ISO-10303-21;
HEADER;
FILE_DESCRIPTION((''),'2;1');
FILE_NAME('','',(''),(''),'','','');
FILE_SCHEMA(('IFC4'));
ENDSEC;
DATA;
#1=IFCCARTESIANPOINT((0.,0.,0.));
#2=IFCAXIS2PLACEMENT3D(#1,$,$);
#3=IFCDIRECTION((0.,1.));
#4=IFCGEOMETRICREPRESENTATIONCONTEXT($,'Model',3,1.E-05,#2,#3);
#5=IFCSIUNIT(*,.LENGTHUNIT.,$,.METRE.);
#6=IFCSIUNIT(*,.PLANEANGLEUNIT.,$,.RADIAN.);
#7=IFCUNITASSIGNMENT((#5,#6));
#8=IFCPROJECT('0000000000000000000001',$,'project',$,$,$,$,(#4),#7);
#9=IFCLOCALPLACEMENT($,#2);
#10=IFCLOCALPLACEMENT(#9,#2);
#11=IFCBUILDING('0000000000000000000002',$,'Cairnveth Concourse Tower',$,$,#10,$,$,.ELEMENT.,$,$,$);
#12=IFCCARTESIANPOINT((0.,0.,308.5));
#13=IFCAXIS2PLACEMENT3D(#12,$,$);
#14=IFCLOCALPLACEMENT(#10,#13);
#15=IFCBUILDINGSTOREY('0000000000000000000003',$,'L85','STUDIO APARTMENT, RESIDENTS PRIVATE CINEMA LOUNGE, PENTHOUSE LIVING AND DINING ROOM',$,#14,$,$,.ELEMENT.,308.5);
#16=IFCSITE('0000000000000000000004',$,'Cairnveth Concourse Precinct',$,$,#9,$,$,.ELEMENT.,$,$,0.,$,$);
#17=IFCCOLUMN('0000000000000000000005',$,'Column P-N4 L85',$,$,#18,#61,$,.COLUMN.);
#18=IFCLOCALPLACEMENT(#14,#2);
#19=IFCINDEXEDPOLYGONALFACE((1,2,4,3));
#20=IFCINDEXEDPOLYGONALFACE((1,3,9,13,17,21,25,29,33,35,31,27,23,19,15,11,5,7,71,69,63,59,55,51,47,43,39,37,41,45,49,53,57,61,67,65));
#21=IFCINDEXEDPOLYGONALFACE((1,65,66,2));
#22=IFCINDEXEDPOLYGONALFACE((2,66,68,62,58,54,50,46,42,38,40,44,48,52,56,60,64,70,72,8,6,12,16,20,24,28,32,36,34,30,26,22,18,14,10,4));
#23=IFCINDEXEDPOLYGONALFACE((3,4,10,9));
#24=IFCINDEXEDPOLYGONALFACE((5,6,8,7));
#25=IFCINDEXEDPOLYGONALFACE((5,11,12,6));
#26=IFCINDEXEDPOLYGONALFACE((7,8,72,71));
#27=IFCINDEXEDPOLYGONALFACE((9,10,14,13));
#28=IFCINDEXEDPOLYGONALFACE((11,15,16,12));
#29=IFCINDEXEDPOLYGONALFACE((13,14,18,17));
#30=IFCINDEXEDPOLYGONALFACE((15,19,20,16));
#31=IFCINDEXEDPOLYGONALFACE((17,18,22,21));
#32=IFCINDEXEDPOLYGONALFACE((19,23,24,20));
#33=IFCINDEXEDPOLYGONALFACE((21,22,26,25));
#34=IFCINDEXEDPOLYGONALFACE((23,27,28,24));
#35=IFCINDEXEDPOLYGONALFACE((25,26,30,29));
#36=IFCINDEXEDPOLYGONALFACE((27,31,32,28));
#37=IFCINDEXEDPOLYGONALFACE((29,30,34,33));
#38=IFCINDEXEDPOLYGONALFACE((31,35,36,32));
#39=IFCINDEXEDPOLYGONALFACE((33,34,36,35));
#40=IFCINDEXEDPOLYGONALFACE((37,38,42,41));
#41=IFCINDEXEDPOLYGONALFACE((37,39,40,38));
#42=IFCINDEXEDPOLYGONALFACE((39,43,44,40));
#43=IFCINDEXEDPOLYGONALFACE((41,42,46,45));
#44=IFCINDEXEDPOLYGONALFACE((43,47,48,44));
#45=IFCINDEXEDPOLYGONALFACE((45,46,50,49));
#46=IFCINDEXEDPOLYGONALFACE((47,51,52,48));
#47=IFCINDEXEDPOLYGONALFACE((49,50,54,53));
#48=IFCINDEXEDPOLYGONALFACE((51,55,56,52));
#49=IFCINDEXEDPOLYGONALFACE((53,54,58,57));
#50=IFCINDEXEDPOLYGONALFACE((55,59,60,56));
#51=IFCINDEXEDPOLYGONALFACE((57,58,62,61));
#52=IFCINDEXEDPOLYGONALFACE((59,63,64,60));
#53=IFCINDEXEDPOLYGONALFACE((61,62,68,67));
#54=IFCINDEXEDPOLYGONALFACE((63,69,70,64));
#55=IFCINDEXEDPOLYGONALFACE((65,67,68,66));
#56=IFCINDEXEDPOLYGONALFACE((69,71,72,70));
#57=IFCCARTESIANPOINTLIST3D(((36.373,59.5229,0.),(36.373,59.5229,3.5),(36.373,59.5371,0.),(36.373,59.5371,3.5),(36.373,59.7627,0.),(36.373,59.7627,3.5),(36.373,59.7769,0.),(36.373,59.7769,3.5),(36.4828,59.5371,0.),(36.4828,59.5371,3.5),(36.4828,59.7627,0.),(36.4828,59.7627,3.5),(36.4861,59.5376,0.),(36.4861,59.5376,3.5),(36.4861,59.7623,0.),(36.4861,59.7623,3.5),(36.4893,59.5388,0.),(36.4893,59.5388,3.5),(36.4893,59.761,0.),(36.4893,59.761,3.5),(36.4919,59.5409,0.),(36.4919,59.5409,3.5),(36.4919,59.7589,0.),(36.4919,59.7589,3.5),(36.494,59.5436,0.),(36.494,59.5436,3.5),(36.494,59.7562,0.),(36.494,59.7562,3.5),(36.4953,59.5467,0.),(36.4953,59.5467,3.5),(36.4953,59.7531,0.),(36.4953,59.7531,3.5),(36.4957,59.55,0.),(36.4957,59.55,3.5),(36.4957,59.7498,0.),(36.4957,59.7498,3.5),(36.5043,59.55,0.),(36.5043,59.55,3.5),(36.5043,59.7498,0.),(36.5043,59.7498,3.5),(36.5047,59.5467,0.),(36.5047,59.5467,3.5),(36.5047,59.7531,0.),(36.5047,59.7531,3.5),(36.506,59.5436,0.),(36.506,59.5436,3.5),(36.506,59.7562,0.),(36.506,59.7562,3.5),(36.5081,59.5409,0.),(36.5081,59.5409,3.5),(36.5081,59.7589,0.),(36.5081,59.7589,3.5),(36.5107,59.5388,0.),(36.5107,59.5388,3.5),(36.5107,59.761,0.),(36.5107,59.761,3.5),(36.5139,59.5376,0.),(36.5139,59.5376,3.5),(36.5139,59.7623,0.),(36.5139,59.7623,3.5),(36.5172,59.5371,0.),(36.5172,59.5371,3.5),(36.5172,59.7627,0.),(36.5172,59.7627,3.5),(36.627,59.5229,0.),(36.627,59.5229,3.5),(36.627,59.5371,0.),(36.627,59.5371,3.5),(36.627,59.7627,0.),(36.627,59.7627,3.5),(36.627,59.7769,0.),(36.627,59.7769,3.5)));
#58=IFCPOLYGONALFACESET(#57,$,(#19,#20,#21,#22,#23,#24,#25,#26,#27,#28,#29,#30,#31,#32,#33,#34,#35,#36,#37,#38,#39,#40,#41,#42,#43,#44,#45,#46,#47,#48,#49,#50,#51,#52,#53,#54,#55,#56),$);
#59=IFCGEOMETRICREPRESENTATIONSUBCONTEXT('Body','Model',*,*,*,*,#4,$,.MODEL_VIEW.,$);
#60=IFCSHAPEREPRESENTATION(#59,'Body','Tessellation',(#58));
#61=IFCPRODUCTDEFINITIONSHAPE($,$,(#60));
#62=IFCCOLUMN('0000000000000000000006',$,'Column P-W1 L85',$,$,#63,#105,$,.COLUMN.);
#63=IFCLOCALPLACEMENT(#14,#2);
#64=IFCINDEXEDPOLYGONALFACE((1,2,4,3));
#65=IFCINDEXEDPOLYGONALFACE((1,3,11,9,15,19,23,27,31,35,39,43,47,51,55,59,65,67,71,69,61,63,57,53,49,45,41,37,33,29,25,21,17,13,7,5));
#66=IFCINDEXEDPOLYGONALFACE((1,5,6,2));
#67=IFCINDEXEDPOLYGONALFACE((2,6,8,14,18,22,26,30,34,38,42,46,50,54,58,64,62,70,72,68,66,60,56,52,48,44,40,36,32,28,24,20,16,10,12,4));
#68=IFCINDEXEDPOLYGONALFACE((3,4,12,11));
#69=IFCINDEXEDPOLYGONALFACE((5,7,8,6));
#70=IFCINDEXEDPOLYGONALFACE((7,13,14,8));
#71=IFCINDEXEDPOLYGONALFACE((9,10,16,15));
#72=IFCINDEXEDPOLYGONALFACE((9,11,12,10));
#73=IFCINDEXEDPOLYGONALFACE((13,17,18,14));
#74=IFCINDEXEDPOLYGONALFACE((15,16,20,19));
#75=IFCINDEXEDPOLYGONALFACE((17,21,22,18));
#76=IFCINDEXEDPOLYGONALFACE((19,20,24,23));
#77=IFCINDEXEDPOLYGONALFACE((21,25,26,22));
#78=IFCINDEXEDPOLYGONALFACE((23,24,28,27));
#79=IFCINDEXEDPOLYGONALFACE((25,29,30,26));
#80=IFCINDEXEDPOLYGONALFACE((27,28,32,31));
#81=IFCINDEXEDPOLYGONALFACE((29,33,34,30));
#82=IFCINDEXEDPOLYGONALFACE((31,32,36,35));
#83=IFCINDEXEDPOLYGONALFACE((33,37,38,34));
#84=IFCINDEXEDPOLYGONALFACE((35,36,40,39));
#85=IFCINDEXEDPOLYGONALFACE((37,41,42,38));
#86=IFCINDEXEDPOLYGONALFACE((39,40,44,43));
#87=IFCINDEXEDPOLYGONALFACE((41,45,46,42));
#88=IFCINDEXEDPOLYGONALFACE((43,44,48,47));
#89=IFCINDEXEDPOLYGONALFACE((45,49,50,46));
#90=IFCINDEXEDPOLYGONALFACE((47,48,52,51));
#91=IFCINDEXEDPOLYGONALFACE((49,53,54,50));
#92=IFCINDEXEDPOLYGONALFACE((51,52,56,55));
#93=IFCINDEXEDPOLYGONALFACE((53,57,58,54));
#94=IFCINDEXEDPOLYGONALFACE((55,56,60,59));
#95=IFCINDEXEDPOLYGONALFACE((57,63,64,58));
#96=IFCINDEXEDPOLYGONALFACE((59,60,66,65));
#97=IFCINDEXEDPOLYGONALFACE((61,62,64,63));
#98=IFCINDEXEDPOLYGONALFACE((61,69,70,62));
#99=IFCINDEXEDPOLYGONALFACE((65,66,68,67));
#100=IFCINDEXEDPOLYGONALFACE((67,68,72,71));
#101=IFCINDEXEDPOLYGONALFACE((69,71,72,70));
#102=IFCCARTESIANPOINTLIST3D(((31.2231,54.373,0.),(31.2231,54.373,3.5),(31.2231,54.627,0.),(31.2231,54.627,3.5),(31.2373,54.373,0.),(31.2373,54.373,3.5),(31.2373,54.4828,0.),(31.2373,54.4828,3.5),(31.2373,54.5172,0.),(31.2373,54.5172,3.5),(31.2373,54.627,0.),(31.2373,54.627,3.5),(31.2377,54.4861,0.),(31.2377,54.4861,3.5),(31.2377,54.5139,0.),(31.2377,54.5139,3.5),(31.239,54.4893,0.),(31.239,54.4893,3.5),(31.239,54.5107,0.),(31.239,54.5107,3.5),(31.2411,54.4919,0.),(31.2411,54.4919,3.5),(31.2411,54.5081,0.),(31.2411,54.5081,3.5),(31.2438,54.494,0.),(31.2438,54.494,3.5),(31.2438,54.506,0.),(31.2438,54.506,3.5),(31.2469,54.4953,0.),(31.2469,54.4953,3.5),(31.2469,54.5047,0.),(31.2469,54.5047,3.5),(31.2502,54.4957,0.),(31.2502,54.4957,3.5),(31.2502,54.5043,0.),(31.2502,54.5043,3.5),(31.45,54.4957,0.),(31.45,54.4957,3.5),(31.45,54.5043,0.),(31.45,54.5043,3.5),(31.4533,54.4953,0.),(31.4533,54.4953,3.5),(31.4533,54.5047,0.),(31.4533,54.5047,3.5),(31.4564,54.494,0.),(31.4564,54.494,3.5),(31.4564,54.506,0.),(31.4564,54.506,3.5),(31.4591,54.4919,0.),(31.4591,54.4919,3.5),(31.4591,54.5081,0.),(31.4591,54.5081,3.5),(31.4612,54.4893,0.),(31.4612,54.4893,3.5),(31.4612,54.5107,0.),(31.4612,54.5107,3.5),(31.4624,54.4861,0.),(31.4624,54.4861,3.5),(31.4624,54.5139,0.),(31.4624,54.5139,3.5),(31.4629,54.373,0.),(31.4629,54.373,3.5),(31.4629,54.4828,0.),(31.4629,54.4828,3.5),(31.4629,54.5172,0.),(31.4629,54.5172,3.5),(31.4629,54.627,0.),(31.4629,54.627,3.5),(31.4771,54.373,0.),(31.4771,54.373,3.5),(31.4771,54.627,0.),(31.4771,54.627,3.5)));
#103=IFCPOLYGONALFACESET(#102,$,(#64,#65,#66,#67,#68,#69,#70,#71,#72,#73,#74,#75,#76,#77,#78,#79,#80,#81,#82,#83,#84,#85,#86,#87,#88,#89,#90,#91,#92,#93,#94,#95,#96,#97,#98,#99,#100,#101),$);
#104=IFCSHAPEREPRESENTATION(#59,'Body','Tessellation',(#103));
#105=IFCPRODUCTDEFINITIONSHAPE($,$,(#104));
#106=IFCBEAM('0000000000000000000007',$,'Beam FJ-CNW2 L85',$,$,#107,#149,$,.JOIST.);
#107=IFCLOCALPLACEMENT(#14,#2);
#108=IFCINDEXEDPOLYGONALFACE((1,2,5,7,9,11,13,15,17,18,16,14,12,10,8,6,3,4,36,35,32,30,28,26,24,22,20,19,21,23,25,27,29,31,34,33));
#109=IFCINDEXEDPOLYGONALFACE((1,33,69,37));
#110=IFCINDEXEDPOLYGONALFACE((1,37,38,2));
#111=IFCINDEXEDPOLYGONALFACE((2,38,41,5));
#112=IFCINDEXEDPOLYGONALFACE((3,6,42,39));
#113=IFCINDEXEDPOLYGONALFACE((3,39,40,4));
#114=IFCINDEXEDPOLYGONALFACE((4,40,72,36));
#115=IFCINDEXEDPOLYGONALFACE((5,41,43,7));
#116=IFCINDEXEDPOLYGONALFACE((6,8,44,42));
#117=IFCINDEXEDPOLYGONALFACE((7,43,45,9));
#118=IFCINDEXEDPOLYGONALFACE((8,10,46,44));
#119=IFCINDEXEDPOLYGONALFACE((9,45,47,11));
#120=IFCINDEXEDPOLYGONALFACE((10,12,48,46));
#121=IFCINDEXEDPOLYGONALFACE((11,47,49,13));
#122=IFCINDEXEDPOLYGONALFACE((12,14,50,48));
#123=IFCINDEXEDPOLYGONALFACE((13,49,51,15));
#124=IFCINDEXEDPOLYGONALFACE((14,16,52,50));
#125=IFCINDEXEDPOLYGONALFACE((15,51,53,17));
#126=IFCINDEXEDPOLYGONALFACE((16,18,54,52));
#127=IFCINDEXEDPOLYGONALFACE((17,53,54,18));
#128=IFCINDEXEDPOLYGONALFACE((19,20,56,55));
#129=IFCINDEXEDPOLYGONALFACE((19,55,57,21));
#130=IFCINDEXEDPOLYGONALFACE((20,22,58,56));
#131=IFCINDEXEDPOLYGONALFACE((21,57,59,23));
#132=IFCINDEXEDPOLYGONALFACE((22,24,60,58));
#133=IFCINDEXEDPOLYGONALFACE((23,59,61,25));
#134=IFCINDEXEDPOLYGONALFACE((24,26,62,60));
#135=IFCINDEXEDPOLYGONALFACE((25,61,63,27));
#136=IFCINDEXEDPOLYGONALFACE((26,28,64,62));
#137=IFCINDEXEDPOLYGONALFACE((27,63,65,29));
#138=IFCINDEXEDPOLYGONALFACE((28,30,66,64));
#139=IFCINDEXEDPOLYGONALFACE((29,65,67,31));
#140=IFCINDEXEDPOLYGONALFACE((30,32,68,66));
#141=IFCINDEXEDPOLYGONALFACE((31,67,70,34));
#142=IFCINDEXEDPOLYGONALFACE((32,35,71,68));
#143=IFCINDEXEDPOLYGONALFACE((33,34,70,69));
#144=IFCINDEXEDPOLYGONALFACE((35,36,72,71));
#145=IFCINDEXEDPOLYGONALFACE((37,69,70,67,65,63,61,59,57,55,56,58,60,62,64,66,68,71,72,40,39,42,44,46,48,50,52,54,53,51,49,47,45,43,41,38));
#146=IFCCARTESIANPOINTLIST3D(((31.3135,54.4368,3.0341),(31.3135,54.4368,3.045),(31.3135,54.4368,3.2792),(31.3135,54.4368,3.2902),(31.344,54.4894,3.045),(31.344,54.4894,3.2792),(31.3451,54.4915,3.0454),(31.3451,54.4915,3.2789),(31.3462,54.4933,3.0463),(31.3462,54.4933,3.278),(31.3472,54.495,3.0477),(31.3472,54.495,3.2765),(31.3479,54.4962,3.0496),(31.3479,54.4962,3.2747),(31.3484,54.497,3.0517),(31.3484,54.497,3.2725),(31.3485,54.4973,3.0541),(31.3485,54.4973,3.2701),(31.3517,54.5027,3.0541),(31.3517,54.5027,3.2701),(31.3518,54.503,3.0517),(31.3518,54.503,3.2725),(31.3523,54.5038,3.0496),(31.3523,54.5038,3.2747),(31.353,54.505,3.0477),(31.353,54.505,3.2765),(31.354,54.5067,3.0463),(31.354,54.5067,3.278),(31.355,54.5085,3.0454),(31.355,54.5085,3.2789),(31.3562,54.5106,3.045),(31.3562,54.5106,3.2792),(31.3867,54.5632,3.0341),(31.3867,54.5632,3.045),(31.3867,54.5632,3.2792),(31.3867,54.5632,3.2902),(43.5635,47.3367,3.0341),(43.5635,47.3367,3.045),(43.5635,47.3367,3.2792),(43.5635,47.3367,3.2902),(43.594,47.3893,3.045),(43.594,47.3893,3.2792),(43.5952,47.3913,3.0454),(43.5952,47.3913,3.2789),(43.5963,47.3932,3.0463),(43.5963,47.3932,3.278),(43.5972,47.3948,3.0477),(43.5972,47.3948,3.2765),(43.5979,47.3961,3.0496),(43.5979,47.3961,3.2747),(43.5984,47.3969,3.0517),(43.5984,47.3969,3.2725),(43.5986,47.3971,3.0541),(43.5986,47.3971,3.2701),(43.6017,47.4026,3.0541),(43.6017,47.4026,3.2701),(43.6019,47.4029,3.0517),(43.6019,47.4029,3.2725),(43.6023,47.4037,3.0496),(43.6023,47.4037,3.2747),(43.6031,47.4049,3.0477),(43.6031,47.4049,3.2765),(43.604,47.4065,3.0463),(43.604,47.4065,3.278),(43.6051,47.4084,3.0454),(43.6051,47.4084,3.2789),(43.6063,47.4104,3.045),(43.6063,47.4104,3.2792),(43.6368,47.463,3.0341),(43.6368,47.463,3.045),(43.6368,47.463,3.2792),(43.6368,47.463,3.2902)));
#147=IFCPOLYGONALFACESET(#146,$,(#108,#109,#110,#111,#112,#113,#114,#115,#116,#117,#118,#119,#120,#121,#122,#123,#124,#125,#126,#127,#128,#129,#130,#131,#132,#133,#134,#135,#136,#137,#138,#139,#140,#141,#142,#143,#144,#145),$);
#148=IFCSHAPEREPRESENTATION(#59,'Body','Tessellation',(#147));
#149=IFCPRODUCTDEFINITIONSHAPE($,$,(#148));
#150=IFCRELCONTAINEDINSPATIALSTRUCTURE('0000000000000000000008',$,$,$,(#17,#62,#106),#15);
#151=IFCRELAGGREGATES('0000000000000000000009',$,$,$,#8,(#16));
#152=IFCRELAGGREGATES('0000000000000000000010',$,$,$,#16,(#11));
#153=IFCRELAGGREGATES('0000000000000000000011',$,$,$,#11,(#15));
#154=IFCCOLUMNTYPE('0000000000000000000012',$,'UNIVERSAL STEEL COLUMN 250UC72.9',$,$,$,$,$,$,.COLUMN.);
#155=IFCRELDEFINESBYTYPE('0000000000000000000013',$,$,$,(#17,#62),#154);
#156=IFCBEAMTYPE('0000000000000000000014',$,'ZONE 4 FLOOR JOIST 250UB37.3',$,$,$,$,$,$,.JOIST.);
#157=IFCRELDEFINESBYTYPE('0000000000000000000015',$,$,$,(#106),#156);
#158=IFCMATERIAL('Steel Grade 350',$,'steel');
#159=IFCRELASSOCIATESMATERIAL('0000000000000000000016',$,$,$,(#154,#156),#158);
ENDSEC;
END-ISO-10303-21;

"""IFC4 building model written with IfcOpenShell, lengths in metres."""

from ifc_helpers import new_model, si_unit, direction, frame, origin, origin_2d, place, context, subcontext, project, spatial, i_section, extrude, material, material_profile, profile_set, type_object, element, save


model = new_model("IFC4")

# Units and contexts
model_context = context("Model", 3, precision=1e-05, world=origin(), true_north=direction((0.0, 1.0)))
body_context = subcontext(model_context, "Body", "Model", "MODEL_VIEW")
ifc_project = project(units=[si_unit("LENGTHUNIT", "METRE"), si_unit("PLANEANGLEUNIT", "RADIAN")], contexts=[model_context])

# Site, building, storey
site_placement = place(None, origin())
site = spatial("IfcSite", under=ifc_project, at=site_placement, Name="Cairnveth Concourse Precinct", CompositionType="ELEMENT", RefElevation=0.0)
building_placement = place(site_placement, origin())
building = spatial("IfcBuilding", under=site, at=building_placement, Name="Cairnveth Concourse Tower", CompositionType="ELEMENT")
storey_placement = place(building_placement, frame((0.0, 0.0, 308.5)))
storey = spatial("IfcBuildingStorey", under=building, at=storey_placement, Name="L85", Description="STUDIO APARTMENT, RESIDENTS PRIVATE CINEMA LOUNGE, PENTHOUSE LIVING AND DINING ROOM", CompositionType="ELEMENT", Elevation=308.5)

# Columns
ifc_material_1 = material(Name="Steel Grade 350", Category="steel")
ifc_material_profile_1 = material_profile(ifc_material_1, i_section(OverallWidth=0.2539, OverallDepth=0.2539, WebThickness=0.0085, FlangeThickness=0.0142, FilletRadius=0.0129, at=origin_2d()), Name="250UC72.9")
ifc_profile_set_1 = profile_set([ifc_material_profile_1], Name="Steel Grade 350")
column_type = type_object("IfcColumnType", Name="UNIVERSAL STEEL COLUMN 250UC72.9", PredefinedType="COLUMN", material=ifc_profile_set_1)
for number, where, z_axis, x_axis, name in (
    (1, (36.5, 59.6499, 0.0), (0.0, 0.0, 1.0), (1.0, 0.0, 0.0), "Column P-N4 L85"),
    (2, (31.3501, 54.5, 0.0), (0.0, 0.0, 1.0), (0.0, 1.0, 0.0), "Column P-W1 L85"),
):
    element("IfcColumn", number, at=place(storey_placement, frame(where, z_axis=z_axis, x_axis=x_axis)), inside=storey, type_object=column_type, Name=name, PredefinedType="COLUMN", context=body_context, shape_type="SweptSolid", body=[
        extrude(i_section(OverallWidth=0.2539, OverallDepth=0.2539, WebThickness=0.0085, FlangeThickness=0.0142, FilletRadius=0.0129, at=origin_2d()), origin(), (0.0, 0.0, 1.0), 3.5),
    ])

# Beam
ifc_material_profile_2 = material_profile(ifc_material_1, i_section(OverallWidth=0.146, OverallDepth=0.2561, WebThickness=0.0063, FlangeThickness=0.011, FilletRadius=0.009, at=origin_2d()), Name="250UB37.3")
ifc_profile_set_2 = profile_set([ifc_material_profile_2], Name="Steel Grade 350")
beam_type_1 = type_object("IfcBeamType", Name="ZONE 4 FLOOR JOIST 250UB37.3", PredefinedType="JOIST", material=ifc_profile_set_2)
beam_1_placement = place(storey_placement, frame((31.3501, 54.5, 3.1621), z_axis=(0.865181, -0.501459, 0.0), x_axis=(0.501459, 0.865181, 0.0)))
element("IfcBeam", 3, at=beam_1_placement, inside=storey, type_object=beam_type_1, Name="Beam FJ-CNW2 L85", PredefinedType="JOIST", context=body_context, shape_type="SweptSolid", body=[
    extrude(i_section(OverallWidth=0.146, OverallDepth=0.2561, WebThickness=0.0063, FlangeThickness=0.011, FilletRadius=0.009, at=origin_2d()), origin(), (0.0, 0.0, 1.0), 14.1589),
])

save(model, "model.ifc")
